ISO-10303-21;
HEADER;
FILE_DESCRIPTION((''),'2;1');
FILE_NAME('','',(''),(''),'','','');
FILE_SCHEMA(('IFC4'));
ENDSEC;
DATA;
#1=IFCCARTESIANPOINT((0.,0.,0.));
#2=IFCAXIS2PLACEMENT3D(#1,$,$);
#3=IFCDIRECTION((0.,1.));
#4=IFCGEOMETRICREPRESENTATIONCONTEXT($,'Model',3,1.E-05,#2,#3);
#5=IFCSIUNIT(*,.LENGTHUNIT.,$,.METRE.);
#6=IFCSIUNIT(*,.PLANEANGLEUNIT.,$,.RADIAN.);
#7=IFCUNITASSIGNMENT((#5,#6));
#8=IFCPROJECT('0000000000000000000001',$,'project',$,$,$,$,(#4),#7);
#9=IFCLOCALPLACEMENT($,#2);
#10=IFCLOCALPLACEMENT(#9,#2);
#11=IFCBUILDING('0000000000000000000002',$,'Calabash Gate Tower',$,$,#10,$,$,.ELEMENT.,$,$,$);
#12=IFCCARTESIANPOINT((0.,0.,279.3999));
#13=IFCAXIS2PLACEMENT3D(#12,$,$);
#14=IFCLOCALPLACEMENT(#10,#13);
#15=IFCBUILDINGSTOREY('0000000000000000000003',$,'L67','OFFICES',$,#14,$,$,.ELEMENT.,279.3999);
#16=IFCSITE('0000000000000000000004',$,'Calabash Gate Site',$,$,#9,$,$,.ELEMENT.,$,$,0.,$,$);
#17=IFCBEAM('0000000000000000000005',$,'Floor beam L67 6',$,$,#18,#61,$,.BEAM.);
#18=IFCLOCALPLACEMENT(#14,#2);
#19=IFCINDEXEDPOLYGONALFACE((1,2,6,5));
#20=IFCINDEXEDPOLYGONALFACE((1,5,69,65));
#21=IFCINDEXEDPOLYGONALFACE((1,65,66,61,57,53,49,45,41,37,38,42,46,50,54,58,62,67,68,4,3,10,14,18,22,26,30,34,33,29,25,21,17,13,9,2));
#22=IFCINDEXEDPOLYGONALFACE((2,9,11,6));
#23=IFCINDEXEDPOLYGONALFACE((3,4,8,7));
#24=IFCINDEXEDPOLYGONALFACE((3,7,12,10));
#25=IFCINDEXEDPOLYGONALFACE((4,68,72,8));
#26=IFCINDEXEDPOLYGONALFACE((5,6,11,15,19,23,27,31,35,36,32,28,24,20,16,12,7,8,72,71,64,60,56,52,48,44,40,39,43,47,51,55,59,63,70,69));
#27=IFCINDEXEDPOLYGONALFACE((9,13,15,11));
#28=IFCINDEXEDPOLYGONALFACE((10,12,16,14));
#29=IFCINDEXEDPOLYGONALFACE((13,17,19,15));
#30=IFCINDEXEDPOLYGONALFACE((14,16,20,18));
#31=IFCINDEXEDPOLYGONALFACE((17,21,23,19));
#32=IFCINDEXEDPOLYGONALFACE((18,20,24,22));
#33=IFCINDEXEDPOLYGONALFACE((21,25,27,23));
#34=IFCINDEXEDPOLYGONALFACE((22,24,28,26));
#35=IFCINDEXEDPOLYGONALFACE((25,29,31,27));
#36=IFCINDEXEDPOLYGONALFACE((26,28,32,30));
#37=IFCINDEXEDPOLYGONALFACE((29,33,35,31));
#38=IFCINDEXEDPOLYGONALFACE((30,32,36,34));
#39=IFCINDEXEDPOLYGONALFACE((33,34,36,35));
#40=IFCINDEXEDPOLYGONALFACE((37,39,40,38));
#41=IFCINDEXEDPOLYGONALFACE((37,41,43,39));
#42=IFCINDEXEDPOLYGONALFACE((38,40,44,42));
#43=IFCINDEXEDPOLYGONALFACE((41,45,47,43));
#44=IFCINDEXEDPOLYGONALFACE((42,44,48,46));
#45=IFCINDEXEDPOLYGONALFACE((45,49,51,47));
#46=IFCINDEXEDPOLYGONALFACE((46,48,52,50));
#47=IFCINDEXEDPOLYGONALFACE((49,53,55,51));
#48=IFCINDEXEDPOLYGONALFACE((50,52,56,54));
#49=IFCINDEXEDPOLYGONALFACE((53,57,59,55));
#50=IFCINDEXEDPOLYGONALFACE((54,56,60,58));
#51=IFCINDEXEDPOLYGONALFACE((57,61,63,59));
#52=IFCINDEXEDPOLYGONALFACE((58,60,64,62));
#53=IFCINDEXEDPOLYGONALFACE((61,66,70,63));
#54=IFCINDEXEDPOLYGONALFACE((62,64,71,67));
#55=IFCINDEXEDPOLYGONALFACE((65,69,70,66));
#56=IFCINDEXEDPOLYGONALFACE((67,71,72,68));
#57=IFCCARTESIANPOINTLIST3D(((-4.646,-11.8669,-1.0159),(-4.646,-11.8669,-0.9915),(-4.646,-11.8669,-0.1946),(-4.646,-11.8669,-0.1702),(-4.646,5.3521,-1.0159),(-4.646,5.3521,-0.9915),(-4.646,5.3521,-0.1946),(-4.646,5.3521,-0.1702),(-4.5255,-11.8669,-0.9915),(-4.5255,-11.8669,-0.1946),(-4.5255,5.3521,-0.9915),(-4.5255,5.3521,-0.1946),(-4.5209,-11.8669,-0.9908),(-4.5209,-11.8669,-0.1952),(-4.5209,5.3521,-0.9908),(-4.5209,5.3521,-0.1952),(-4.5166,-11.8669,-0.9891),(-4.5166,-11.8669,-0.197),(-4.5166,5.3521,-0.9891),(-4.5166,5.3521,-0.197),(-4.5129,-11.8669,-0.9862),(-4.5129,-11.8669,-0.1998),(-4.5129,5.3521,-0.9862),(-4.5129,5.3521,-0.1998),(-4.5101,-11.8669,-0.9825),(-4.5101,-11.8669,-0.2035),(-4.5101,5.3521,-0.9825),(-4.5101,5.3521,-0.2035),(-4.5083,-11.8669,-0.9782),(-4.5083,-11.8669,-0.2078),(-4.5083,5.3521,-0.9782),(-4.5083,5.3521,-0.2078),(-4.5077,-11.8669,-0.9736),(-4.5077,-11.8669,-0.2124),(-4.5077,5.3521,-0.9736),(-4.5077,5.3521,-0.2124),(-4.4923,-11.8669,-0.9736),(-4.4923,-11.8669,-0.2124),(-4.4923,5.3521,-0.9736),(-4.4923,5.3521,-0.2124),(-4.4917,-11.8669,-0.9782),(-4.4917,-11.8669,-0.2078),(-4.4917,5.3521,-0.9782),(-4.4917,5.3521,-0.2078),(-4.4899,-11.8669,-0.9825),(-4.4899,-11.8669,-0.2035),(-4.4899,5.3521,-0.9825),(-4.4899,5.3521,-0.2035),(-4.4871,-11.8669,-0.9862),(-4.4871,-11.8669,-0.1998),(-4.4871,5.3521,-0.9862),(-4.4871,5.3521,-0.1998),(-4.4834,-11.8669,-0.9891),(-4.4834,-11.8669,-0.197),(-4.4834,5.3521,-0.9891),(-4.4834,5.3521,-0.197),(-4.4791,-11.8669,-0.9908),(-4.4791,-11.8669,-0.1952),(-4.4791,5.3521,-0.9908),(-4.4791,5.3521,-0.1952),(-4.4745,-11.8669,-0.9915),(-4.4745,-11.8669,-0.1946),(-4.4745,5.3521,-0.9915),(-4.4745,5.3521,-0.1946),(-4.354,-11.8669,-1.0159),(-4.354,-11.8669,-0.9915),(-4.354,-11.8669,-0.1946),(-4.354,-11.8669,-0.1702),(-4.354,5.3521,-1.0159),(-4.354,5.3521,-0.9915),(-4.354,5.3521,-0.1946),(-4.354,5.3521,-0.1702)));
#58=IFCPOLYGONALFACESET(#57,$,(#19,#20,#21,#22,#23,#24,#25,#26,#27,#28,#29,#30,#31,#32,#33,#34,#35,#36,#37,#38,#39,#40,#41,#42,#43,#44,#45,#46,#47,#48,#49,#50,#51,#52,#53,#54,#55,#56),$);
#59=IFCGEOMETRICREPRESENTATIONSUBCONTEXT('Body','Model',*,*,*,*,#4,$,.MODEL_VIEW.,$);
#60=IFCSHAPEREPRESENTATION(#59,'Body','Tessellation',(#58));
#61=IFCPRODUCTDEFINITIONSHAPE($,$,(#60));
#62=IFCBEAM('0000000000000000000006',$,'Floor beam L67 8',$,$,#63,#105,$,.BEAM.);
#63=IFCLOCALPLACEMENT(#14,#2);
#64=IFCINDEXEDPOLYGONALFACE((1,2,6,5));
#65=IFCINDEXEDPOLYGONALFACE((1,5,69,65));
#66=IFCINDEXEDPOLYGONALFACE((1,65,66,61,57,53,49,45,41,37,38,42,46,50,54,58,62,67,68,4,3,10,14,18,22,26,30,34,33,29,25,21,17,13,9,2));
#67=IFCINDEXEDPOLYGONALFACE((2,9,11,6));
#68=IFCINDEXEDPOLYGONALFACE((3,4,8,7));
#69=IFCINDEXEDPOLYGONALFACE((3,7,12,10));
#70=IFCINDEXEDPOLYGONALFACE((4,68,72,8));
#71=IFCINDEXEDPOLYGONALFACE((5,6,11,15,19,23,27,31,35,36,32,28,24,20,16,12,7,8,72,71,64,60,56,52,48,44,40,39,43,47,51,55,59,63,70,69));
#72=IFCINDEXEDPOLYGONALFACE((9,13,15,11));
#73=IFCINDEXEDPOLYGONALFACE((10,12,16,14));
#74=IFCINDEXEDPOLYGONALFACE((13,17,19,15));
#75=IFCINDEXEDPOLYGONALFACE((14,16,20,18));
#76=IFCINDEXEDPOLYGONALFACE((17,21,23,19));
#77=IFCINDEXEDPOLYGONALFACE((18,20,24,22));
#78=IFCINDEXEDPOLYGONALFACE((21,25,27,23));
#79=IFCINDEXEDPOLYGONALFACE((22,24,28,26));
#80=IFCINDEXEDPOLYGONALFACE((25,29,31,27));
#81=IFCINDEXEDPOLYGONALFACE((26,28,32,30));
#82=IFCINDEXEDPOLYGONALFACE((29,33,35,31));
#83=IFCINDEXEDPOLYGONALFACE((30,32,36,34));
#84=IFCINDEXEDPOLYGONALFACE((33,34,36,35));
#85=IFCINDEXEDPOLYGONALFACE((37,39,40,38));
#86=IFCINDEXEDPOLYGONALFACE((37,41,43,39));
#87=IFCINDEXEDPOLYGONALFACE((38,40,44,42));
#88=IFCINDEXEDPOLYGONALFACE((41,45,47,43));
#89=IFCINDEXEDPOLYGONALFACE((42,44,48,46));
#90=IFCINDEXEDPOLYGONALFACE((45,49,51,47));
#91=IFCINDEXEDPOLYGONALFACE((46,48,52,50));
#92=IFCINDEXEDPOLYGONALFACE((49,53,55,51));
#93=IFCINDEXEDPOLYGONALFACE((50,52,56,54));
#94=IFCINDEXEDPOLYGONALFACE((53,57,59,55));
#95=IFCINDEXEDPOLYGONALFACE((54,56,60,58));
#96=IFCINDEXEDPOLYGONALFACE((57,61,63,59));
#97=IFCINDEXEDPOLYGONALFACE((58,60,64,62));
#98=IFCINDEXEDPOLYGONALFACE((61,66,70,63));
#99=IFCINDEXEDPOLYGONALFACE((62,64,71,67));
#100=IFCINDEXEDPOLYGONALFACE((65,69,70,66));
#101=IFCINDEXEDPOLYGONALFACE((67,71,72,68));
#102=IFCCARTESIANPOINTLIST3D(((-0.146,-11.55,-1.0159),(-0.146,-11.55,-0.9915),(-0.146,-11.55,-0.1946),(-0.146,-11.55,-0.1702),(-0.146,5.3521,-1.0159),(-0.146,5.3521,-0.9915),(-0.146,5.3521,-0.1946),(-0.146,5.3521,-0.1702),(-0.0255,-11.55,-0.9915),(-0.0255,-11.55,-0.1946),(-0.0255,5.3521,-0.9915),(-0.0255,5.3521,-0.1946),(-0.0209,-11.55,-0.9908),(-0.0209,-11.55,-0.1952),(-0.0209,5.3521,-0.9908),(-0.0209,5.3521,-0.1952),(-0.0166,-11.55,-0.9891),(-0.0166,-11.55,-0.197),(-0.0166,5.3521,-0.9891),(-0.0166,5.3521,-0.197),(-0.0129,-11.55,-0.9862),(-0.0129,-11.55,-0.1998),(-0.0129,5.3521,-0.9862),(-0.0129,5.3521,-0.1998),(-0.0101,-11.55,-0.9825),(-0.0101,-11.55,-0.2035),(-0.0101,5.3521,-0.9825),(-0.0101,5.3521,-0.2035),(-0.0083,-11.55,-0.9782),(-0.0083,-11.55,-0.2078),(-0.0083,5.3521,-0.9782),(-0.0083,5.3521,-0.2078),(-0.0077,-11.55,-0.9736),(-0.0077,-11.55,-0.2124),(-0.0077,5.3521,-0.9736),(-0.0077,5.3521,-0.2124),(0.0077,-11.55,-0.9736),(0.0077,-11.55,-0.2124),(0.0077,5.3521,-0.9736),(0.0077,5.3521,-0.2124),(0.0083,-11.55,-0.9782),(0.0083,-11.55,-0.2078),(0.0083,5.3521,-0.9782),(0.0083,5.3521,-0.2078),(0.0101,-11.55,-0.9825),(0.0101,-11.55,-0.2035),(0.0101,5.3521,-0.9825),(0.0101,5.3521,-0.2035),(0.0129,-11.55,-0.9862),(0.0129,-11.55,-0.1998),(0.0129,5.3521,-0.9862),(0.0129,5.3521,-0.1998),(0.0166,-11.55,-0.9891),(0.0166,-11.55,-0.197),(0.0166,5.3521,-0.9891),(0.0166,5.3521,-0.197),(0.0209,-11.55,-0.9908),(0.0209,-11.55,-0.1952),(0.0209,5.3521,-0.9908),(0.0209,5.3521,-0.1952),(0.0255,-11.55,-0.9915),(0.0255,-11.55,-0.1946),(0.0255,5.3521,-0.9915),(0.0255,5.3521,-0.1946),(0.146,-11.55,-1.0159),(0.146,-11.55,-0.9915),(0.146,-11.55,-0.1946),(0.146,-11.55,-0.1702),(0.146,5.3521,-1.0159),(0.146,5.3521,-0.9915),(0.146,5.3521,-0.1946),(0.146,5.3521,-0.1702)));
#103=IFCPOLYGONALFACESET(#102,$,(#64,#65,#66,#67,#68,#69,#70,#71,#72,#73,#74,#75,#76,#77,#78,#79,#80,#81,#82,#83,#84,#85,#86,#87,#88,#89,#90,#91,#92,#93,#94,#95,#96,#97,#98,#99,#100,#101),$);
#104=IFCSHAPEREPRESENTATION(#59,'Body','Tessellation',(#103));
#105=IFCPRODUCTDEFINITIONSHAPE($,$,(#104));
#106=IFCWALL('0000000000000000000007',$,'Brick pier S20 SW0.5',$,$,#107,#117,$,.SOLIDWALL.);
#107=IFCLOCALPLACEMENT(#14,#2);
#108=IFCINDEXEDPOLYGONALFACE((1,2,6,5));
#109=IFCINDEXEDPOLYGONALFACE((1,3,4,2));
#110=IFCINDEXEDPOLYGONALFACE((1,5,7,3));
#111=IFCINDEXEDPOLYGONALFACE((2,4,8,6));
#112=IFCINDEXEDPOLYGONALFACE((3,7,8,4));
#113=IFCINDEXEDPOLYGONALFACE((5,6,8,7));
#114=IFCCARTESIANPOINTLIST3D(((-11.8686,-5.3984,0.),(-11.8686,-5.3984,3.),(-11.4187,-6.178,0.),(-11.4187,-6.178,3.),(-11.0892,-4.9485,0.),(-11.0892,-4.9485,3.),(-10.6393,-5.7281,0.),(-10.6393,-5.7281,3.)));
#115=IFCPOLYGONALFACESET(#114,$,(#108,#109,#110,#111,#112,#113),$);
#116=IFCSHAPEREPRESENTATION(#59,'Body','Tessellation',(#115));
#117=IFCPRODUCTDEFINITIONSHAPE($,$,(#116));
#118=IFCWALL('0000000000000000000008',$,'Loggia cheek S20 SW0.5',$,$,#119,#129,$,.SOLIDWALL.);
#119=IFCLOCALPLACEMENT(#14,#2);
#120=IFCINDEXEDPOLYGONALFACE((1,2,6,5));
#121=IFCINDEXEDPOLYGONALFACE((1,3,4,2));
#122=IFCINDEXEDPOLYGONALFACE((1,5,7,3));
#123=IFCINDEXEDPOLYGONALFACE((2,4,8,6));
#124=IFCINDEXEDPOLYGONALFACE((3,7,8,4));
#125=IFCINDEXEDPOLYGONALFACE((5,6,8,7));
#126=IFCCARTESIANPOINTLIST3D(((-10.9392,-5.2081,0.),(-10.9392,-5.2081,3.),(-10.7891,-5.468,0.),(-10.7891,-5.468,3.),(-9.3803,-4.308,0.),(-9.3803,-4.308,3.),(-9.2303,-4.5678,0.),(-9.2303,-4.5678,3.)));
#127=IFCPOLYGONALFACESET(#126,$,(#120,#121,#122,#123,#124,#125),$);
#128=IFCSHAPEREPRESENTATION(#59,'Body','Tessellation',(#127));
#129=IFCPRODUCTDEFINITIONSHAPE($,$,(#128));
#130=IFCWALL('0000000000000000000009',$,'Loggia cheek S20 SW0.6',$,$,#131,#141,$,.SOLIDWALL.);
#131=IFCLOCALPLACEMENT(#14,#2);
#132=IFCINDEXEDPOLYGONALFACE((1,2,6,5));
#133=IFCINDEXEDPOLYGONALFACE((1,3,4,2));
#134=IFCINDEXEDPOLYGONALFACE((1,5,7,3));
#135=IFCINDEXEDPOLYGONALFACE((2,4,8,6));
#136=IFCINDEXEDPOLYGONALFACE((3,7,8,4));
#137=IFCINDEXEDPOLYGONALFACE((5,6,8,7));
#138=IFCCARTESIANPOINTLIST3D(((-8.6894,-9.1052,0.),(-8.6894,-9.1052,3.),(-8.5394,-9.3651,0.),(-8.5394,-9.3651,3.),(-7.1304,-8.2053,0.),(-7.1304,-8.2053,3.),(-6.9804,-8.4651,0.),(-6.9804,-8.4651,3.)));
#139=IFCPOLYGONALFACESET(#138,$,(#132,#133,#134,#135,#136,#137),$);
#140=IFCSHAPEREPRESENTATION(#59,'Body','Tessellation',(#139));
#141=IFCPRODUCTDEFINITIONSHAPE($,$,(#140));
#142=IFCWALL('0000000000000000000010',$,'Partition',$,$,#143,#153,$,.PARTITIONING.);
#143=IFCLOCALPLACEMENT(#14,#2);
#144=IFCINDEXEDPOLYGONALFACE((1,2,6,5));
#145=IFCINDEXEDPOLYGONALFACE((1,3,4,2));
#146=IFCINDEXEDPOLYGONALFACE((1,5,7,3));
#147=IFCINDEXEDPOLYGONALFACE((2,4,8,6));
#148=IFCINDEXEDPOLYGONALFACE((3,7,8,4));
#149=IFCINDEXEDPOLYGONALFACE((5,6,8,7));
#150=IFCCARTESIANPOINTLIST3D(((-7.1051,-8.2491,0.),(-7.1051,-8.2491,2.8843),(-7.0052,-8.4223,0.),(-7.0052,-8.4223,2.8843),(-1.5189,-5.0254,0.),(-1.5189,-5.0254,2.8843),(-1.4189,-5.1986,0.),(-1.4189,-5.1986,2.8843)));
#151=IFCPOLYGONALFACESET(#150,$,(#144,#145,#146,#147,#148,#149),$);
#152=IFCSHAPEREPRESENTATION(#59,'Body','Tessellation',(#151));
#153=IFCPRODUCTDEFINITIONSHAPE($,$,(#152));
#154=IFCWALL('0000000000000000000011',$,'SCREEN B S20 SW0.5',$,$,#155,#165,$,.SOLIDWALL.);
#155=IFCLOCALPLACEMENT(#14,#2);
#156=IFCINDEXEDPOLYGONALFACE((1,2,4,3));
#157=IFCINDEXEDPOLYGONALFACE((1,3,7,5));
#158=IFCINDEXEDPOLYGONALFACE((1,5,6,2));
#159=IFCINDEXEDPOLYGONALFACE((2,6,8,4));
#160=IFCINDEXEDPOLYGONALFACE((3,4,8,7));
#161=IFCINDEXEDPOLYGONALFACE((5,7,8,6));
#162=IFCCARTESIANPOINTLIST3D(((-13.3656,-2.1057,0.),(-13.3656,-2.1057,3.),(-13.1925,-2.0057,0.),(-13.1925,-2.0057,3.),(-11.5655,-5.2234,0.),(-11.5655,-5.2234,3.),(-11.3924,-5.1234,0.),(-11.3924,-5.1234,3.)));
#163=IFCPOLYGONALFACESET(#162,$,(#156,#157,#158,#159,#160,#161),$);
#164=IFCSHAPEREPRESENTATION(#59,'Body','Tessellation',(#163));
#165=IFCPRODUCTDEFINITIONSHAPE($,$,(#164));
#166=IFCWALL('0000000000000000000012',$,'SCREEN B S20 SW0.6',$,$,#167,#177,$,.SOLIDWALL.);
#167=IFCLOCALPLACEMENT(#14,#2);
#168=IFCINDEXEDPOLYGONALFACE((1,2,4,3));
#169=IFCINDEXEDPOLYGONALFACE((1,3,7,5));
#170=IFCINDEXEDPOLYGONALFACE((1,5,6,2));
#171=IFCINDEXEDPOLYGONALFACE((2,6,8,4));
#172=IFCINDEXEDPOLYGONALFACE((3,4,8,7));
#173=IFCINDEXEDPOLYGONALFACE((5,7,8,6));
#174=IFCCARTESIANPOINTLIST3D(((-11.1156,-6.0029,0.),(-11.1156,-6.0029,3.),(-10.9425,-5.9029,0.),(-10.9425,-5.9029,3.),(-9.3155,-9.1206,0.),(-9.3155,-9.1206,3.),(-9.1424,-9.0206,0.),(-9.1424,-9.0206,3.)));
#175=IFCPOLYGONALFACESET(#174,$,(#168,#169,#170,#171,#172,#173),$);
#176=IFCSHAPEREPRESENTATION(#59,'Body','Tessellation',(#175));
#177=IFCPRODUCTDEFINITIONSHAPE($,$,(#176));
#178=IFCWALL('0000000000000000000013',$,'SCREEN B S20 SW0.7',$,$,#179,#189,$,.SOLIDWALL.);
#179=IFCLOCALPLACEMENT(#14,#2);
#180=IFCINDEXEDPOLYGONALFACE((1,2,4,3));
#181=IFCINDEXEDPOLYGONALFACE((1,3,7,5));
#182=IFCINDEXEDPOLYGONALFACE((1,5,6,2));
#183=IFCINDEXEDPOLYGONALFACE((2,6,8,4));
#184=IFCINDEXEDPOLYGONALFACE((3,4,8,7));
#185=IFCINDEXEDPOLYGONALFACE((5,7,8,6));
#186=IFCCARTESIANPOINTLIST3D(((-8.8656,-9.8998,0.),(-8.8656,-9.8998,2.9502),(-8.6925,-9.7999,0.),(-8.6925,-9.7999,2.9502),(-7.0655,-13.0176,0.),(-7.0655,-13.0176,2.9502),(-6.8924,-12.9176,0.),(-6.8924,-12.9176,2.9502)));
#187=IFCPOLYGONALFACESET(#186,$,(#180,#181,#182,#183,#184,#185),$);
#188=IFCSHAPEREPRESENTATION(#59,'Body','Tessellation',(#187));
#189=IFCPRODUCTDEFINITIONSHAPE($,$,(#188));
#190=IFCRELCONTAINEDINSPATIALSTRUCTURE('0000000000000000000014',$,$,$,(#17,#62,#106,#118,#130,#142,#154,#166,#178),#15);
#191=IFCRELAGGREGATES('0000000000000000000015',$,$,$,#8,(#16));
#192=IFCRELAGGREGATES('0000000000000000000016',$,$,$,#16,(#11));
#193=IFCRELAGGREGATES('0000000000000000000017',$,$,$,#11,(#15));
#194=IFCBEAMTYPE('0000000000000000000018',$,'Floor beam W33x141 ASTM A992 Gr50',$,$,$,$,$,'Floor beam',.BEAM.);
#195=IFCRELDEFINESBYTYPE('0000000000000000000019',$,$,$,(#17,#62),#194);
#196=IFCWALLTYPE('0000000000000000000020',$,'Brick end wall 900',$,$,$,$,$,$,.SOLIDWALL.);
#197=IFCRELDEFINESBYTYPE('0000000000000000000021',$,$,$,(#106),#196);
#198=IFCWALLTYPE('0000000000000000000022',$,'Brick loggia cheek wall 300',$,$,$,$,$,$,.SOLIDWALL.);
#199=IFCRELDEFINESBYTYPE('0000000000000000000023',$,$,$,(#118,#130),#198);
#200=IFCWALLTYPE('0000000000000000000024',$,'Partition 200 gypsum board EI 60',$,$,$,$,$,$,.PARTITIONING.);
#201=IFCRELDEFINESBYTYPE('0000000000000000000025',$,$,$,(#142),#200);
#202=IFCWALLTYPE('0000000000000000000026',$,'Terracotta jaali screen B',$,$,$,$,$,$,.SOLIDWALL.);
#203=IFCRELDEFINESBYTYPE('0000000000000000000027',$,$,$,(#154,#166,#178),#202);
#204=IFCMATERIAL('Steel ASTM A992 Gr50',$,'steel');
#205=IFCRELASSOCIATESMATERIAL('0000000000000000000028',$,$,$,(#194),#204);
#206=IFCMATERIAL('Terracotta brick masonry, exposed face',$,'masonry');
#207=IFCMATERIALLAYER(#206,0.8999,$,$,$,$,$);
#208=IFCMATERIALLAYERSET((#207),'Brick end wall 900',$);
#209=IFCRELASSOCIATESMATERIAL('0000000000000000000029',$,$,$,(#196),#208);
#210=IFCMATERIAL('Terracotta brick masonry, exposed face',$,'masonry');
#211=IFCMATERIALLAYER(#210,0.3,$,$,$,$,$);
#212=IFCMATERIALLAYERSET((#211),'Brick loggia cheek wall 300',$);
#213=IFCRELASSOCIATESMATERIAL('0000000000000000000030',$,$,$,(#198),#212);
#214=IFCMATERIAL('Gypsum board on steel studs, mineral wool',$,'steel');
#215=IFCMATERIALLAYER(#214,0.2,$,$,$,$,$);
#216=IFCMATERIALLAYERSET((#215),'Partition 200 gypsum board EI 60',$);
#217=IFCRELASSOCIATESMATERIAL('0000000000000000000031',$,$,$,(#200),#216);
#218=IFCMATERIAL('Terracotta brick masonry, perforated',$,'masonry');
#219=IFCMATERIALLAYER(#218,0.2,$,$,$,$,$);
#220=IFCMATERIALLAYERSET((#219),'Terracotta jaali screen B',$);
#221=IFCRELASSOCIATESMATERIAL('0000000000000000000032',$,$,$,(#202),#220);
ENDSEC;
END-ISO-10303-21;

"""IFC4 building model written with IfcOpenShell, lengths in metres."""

from ifc_helpers import new_model, si_unit, direction, frame, frame_2d, origin, origin_2d, place, context, subcontext, project, spatial, rectangle, i_section, extrude, material, layer, layer_set, material_profile, profile_set, type_object, element, save


model = new_model("IFC4")

# Units and contexts
model_context = context("Model", 3, precision=1e-05, world=origin(), true_north=direction((0.0, 1.0)))
body_context = subcontext(model_context, "Body", "Model", "MODEL_VIEW")
ifc_project = project(units=[si_unit("LENGTHUNIT", "METRE"), si_unit("PLANEANGLEUNIT", "RADIAN")], contexts=[model_context])

# Site, building, storey
site_placement = place(None, origin())
site = spatial("IfcSite", under=ifc_project, at=site_placement, Name="Calabash Gate Site", CompositionType="ELEMENT", RefElevation=0.0)
building_placement = place(site_placement, origin())
building = spatial("IfcBuilding", under=site, at=building_placement, Name="Calabash Gate Tower", CompositionType="ELEMENT")
storey_placement = place(building_placement, frame((0.0, 0.0, 279.3999)))
storey = spatial("IfcBuildingStorey", under=building, at=storey_placement, Name="L67", Description="OFFICES", CompositionType="ELEMENT", Elevation=279.3999)

# Beams
ifc_material_1 = material(Name="Steel ASTM A992 Gr50", Category="steel")
ifc_material_profile_1 = material_profile(ifc_material_1, i_section(OverallWidth=0.292, OverallDepth=0.8457, WebThickness=0.0154, FlangeThickness=0.0244, FilletRadius=0.0178, at=origin_2d()))
ifc_profile_set_1 = profile_set([ifc_material_profile_1], Name="Steel ASTM A992 Gr50")
beam_type_1 = type_object("IfcBeamType", Name="Floor beam W33x141 ASTM A992 Gr50", ElementType="Floor beam", PredefinedType="BEAM", material=ifc_profile_set_1)
beam_1_placement = place(storey_placement, frame((-4.5, -11.8669, -0.593), z_axis=(0.0, 1.0, 0.0), x_axis=(-1.0, 0.0, 0.0)))
element("IfcBeam", 1, at=beam_1_placement, inside=storey, type_object=beam_type_1, Name="Floor beam L67 6", PredefinedType="BEAM", context=body_context, shape_type="SweptSolid", body=[
    extrude(i_section(OverallWidth=0.292, OverallDepth=0.8457, WebThickness=0.0154, FlangeThickness=0.0244, FilletRadius=0.0178, at=origin_2d()), origin(), (0.0, 0.0, 1.0), 17.219),
])
beam_2_placement = place(storey_placement, frame((0.0, -11.55, -0.593), z_axis=(0.0, 1.0, 0.0), x_axis=(-1.0, 0.0, 0.0)))
element("IfcBeam", 2, at=beam_2_placement, inside=storey, type_object=beam_type_1, Name="Floor beam L67 8", PredefinedType="BEAM", context=body_context, shape_type="SweptSolid", body=[
    extrude(i_section(OverallWidth=0.292, OverallDepth=0.8457, WebThickness=0.0154, FlangeThickness=0.0244, FilletRadius=0.0178, at=origin_2d()), origin(), (0.0, 0.0, 1.0), 16.9021),
])

# Walls
ifc_material_2 = material(Name="Terracotta brick masonry, exposed face", Category="masonry")
ifc_layer_1 = layer(ifc_material_2, 0.8999)
ifc_layer_set_1 = layer_set([ifc_layer_1], Name="Brick end wall 900")
wall_type_1 = type_object("IfcWallType", Name="Brick end wall 900", PredefinedType="SOLIDWALL", material=ifc_layer_set_1)
wall_1_placement = place(storey_placement, frame((-11.479, -5.1733, 0.0), z_axis=(0.0, 0.0, 1.0), x_axis=(0.499902, -0.866082, 0.0)))
element("IfcWall", 3, at=wall_1_placement, inside=storey, type_object=wall_type_1, Name="Brick pier S20 SW0.5", PredefinedType="SOLIDWALL", context=body_context, shape_type="SweptSolid", body=[
    extrude(rectangle(XDim=0.9001, YDim=0.8999, at=frame_2d((0.4502, 0.0))), origin(), (0.0, 0.0, 1.0), 3.0),
])
ifc_material_3 = material(Name="Terracotta brick masonry, exposed face", Category="masonry")
ifc_layer_2 = layer(ifc_material_3, 0.3)
ifc_layer_set_2 = layer_set([ifc_layer_2], Name="Brick loggia cheek wall 300")
wall_type_2 = type_object("IfcWallType", Name="Brick loggia cheek wall 300", PredefinedType="SOLIDWALL", material=ifc_layer_set_2)
for number, where, z_axis, x_axis, name in (
    (4, (-9.3054, -4.438, 0.0), (0.0, 0.0, 1.0), (-0.865989, -0.500063, 0.0), "Loggia cheek S20 SW0.5"),
    (5, (-8.6143, -9.2351, 0.0), (0.0, 0.0, 1.0), (0.866048, 0.499961, 0.0), "Loggia cheek S20 SW0.6"),
):
    element("IfcWall", number, at=place(storey_placement, frame(where, z_axis=z_axis, x_axis=x_axis)), inside=storey, type_object=wall_type_2, Name=name, PredefinedType="SOLIDWALL", context=body_context, shape_type="SweptSolid", body=[
        extrude(rectangle(XDim=1.8, YDim=0.3, at=frame_2d((0.8999, 0.0))), origin(), (0.0, 0.0, 1.0), 3.0),
    ])
ifc_material_4 = material(Name="Gypsum board on steel studs, mineral wool", Category="steel")
ifc_layer_3 = layer(ifc_material_4, 0.2)
ifc_layer_set_3 = layer_set([ifc_layer_3], Name="Partition 200 gypsum board EI 60")
wall_type_3 = type_object("IfcWallType", Name="Partition 200 gypsum board EI 60", PredefinedType="PARTITIONING", material=ifc_layer_set_3)
wall_2_placement = place(storey_placement, frame((-7.0552, -8.3357, 0.0), z_axis=(0.0, 0.0, 1.0), x_axis=(0.866129, 0.49982, 0.0)))
element("IfcWall", 6, at=wall_2_placement, inside=storey, type_object=wall_type_3, Name="Partition", PredefinedType="PARTITIONING", context=body_context, shape_type="SweptSolid", body=[
    extrude(rectangle(XDim=6.4497, YDim=0.2, at=frame_2d((3.2249, 0.0))), origin(), (0.0, 0.0, 1.0), 2.8843),
])
ifc_material_5 = material(Name="Terracotta brick masonry, perforated", Category="masonry")
ifc_layer_4 = layer(ifc_material_5, 0.2)
ifc_layer_set_4 = layer_set([ifc_layer_4], Name="Terracotta jaali screen B")
wall_type_4 = type_object("IfcWallType", Name="Terracotta jaali screen B", PredefinedType="SOLIDWALL", material=ifc_layer_set_4)
for number, where, z_axis, x_axis, name in (
    (7, (-13.2791, -2.0557, 0.0), (0.0, 0.0, 1.0), (0.500012, -0.866018, 0.0), "SCREEN B S20 SW0.5"),
    (8, (-11.0291, -5.9529, 0.0), (0.0, 0.0, 1.0), (0.500012, -0.866018, 0.0), "SCREEN B S20 SW0.6"),
):
    element("IfcWall", number, at=place(storey_placement, frame(where, z_axis=z_axis, x_axis=x_axis)), inside=storey, type_object=wall_type_4, Name=name, PredefinedType="SOLIDWALL", context=body_context, shape_type="SweptSolid", body=[
        extrude(rectangle(XDim=3.6001, YDim=0.2, at=frame_2d((1.8, 0.0))), origin(), (0.0, 0.0, 1.0), 3.0),
    ])
wall_3_placement = place(storey_placement, frame((-8.7791, -9.8499, 0.0), z_axis=(0.0, 0.0, 1.0), x_axis=(0.500012, -0.866018, 0.0)))
element("IfcWall", 9, at=wall_3_placement, inside=storey, type_object=wall_type_4, Name="SCREEN B S20 SW0.7", PredefinedType="SOLIDWALL", context=body_context, shape_type="SweptSolid", body=[
    extrude(rectangle(XDim=3.6001, YDim=0.2, at=frame_2d((1.8, 0.0))), origin(), (0.0, 0.0, 1.0), 2.9502),
])

save(model, "model.ifc")
